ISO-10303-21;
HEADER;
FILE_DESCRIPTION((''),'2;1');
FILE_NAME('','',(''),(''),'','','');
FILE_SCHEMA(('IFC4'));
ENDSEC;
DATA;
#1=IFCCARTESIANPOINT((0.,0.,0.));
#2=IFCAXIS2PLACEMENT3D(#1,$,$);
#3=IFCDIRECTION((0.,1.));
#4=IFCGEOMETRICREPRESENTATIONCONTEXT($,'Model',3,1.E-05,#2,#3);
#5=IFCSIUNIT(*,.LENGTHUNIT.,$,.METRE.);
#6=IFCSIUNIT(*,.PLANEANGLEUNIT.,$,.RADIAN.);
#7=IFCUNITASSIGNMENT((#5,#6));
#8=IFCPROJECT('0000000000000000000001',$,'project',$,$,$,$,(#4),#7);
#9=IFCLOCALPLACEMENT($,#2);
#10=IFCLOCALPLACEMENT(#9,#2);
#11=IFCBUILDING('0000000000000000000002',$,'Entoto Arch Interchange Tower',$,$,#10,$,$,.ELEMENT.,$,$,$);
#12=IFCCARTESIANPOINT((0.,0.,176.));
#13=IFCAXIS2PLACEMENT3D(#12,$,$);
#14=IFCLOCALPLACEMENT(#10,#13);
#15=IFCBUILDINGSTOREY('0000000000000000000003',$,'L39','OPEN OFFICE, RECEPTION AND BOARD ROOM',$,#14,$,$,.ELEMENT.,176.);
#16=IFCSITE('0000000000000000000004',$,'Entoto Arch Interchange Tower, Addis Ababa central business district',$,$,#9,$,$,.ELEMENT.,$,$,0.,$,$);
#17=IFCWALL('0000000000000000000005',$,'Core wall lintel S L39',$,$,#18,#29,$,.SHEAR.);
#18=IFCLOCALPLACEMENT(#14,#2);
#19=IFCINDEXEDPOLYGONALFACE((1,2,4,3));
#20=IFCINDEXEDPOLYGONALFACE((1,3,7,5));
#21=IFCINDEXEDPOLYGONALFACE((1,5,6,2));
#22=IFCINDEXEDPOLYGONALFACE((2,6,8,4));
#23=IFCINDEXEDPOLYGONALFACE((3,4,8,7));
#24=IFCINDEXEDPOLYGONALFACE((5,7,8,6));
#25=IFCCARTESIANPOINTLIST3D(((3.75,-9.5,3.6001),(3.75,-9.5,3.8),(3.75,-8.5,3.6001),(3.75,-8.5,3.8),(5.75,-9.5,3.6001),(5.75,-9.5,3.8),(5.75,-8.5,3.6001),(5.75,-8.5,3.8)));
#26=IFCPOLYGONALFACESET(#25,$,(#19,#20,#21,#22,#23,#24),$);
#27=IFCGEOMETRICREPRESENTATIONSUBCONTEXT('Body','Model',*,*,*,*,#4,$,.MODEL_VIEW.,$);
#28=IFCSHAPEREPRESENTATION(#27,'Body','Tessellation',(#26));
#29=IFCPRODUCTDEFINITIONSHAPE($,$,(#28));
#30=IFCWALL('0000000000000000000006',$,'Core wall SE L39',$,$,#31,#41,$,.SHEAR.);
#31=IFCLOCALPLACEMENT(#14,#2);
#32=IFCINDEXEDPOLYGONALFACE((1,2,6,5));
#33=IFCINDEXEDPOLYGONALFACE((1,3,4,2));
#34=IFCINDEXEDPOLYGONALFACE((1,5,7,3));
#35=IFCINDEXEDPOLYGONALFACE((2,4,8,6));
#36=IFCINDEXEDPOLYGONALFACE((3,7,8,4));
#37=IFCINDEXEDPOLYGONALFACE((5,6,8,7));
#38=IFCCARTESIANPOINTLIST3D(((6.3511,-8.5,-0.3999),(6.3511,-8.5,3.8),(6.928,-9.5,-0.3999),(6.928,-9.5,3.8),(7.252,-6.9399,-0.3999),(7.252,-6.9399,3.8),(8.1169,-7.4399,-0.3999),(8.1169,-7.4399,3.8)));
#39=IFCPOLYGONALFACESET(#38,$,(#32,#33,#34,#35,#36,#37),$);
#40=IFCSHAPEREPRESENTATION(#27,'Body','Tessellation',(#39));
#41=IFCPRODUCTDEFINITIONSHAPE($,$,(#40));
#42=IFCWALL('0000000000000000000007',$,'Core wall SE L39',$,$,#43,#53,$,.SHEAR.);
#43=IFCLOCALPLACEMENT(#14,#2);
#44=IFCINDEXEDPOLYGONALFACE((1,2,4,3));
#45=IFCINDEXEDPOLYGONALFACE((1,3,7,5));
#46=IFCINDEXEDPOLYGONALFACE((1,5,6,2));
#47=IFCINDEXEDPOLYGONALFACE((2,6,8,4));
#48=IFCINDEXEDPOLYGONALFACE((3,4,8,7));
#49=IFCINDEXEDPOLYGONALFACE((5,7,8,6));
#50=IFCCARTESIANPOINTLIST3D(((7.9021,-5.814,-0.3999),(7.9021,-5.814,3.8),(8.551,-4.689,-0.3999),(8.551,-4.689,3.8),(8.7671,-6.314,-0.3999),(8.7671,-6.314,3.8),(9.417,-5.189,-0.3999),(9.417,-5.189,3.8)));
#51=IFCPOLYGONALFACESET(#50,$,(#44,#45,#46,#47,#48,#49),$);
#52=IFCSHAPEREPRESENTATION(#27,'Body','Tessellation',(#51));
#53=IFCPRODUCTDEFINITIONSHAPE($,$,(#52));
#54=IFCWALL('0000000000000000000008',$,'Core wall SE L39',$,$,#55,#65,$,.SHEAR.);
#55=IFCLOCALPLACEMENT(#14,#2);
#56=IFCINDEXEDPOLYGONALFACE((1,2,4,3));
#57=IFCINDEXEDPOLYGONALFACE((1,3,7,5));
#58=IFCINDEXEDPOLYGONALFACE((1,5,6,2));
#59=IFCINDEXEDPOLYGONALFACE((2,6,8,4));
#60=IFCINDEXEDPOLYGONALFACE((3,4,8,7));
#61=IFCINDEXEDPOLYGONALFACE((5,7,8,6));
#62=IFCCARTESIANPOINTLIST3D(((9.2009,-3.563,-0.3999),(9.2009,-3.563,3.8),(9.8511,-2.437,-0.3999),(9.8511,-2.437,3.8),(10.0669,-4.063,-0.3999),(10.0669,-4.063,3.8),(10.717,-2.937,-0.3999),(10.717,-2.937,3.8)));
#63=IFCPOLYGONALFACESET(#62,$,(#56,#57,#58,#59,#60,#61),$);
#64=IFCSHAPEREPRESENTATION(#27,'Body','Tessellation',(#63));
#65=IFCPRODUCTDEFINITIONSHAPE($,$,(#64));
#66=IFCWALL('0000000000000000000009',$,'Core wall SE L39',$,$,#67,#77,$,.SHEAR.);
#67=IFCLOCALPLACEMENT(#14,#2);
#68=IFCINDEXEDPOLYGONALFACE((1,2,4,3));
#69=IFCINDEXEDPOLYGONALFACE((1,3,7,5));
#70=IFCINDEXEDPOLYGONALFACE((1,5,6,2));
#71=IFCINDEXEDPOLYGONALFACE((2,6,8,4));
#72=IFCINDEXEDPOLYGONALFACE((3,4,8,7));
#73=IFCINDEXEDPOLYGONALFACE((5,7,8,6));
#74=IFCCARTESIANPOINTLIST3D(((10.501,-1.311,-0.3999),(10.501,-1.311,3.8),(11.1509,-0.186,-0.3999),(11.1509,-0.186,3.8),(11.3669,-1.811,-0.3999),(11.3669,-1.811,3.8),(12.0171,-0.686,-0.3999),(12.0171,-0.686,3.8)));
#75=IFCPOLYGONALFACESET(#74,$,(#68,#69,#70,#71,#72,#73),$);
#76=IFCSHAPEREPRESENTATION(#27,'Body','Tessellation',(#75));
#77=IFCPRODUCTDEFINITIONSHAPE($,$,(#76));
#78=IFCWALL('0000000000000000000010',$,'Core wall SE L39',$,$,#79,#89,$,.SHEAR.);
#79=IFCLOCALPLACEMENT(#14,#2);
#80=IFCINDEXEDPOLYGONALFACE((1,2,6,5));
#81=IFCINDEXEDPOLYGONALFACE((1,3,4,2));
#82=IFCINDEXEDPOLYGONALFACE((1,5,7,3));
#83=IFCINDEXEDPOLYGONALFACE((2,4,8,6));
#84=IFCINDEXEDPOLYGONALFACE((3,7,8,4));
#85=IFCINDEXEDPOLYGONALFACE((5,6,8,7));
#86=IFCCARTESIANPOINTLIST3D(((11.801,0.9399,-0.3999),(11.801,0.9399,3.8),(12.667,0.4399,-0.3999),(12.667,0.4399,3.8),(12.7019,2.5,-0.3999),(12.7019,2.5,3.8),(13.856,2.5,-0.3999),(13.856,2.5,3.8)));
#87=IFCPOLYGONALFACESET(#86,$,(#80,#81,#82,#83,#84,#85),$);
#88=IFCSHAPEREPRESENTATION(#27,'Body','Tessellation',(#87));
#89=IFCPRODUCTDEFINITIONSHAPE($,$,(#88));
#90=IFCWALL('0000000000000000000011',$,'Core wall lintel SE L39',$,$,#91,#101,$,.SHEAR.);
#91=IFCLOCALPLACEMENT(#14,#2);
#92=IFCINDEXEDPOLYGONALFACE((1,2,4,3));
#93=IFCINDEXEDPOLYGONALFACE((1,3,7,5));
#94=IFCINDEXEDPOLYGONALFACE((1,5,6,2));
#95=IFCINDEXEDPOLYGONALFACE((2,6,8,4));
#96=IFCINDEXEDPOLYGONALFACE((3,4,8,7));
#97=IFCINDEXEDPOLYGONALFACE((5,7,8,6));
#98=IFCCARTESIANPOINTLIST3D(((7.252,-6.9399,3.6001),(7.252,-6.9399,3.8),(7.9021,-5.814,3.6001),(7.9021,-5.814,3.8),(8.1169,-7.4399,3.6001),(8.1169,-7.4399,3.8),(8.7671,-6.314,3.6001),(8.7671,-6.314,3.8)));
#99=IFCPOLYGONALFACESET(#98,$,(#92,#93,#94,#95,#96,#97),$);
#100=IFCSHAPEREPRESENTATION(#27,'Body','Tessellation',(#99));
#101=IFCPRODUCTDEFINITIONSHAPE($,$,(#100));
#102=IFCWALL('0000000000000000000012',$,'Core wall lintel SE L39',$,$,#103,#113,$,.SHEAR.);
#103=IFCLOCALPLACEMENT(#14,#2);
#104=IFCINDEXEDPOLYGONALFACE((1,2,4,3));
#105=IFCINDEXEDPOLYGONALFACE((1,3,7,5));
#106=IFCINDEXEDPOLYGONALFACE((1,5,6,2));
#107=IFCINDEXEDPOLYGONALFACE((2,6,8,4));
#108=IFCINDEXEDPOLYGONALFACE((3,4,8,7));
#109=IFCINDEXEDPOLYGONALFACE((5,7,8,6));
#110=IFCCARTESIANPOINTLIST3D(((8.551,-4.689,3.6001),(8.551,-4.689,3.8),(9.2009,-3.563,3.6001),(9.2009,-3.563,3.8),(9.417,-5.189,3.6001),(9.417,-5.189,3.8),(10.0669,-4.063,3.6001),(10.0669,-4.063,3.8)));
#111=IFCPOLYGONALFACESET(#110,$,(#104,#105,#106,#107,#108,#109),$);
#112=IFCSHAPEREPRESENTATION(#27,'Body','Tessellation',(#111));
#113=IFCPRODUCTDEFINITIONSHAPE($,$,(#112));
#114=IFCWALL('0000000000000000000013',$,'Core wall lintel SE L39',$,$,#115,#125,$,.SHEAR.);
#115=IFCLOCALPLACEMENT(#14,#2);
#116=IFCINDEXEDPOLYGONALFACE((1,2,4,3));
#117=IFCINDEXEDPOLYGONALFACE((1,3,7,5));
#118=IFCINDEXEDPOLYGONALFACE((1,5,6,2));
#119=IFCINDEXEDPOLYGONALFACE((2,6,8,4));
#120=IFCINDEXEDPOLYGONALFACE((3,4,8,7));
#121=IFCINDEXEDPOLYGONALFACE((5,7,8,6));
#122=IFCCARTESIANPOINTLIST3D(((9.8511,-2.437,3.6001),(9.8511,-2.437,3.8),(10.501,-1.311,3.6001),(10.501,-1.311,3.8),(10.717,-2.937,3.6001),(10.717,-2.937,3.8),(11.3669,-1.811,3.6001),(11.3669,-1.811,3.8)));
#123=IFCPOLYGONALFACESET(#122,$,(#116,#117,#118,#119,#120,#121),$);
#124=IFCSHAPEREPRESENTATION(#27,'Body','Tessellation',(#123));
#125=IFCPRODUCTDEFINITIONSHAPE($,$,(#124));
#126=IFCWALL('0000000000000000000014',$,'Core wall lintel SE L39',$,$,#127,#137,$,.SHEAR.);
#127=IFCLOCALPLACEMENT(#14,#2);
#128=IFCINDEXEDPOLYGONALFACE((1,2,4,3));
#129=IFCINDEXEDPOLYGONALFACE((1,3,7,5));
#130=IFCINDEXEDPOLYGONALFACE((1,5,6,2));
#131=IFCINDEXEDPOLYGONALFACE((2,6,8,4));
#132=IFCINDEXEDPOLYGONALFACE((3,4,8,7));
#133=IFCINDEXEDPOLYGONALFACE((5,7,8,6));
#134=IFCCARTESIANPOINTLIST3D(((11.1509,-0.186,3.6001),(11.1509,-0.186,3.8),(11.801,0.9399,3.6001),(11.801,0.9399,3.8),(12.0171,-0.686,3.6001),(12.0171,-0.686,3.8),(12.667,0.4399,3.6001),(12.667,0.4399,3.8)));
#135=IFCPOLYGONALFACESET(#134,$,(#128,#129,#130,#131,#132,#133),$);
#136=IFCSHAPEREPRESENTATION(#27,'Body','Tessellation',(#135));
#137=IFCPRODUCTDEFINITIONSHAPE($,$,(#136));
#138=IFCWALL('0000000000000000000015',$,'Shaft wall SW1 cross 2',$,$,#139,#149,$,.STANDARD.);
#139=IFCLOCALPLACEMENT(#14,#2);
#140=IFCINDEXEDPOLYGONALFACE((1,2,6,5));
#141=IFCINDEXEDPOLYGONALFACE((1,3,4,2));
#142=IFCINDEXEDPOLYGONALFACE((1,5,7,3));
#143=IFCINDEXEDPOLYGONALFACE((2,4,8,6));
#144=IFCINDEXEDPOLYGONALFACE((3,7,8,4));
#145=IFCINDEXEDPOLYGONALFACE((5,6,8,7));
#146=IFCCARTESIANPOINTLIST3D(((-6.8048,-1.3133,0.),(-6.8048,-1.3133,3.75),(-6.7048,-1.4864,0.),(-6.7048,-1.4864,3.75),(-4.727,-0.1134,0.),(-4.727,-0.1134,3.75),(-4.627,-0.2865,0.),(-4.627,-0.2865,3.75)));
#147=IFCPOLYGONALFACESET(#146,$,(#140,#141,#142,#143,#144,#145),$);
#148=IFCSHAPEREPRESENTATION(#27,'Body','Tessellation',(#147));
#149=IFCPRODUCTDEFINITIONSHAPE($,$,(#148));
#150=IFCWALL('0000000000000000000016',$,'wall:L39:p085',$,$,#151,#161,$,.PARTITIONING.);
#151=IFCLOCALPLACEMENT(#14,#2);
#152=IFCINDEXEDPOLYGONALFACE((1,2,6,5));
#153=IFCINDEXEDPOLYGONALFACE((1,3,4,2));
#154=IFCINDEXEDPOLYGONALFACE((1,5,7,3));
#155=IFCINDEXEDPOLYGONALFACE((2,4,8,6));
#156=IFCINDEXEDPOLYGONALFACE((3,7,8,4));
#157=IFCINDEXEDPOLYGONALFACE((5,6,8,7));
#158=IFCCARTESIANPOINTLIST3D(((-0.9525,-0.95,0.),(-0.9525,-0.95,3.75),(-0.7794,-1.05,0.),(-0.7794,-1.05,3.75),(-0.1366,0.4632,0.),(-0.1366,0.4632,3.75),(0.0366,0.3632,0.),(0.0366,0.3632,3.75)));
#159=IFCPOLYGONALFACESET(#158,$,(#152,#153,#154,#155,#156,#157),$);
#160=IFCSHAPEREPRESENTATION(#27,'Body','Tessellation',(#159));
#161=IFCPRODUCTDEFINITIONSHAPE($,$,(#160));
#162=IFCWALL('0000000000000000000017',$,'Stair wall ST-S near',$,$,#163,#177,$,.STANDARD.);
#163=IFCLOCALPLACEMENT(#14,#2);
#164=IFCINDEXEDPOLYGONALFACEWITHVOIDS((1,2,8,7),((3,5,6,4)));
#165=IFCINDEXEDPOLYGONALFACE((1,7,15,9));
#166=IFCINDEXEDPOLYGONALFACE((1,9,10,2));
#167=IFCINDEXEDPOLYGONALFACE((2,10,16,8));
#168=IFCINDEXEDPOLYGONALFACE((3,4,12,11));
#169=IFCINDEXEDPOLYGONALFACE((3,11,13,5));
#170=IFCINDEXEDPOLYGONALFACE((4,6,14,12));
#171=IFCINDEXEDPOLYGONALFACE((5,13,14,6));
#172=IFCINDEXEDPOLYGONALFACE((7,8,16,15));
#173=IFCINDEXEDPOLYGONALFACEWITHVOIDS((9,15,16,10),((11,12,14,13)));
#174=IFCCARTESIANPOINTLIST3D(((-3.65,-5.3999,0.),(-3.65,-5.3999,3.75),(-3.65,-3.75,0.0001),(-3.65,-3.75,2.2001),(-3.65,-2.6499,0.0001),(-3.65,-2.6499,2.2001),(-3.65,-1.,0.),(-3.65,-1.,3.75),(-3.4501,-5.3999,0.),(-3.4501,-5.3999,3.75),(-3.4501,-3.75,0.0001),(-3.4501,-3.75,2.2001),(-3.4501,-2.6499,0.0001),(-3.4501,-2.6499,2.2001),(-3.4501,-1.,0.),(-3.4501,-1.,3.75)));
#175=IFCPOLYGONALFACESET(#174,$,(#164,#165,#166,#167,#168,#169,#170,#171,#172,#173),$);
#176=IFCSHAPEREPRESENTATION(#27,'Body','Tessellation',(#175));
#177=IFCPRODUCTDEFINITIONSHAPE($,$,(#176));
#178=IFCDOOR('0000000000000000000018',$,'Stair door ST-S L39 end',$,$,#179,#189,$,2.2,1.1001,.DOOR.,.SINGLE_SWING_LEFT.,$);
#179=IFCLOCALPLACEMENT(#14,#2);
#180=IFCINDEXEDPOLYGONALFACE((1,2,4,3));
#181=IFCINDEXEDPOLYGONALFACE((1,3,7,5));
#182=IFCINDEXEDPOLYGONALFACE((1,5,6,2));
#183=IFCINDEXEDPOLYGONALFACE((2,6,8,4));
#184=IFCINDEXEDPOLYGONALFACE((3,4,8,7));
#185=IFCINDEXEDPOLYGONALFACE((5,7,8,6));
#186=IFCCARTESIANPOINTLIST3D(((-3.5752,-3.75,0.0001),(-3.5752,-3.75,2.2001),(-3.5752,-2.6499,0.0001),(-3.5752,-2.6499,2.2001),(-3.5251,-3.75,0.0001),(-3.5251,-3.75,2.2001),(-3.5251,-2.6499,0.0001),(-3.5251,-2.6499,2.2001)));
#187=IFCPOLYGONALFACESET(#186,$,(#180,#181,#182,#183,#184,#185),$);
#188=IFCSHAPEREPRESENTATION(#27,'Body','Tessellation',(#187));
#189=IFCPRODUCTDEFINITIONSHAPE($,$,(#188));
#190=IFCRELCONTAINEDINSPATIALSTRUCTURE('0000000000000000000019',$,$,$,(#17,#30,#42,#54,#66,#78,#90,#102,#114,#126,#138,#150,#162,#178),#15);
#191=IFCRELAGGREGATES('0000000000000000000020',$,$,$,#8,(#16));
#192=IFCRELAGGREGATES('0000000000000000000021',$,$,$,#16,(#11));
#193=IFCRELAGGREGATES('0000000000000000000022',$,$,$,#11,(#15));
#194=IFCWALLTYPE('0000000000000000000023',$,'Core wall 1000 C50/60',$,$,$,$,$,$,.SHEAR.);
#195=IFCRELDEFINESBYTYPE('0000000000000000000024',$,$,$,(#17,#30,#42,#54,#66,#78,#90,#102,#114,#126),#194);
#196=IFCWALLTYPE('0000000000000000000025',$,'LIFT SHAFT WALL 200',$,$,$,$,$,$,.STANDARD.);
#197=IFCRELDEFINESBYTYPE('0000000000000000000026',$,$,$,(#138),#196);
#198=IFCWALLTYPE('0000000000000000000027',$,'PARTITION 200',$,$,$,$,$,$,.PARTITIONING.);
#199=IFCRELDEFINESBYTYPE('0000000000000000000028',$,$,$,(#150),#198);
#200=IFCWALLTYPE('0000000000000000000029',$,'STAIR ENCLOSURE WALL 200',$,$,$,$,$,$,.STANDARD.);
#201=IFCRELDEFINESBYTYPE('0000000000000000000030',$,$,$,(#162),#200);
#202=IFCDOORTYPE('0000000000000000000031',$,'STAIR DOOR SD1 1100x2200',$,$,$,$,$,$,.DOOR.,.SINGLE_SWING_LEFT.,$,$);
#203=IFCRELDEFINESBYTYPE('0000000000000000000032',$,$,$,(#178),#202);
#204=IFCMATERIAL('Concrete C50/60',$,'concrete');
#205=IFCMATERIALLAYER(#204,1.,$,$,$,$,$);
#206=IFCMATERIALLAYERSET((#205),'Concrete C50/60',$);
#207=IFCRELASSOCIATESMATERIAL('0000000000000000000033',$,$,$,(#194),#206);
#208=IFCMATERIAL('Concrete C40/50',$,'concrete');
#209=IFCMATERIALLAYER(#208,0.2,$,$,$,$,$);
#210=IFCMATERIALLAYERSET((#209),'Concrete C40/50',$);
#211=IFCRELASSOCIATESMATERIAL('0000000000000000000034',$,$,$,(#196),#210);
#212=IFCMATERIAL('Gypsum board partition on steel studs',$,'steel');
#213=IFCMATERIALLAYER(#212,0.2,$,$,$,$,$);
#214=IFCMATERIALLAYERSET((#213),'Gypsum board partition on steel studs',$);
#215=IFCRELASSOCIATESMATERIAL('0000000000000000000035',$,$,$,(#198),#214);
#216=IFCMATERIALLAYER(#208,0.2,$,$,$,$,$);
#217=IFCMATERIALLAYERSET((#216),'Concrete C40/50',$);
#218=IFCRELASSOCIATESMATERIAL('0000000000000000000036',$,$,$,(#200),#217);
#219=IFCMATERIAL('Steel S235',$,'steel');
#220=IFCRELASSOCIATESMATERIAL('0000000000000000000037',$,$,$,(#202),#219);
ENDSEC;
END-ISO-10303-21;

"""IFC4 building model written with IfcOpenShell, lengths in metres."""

from ifc_helpers import new_model, si_unit, direction, frame, frame_2d, origin, place, context, subcontext, project, spatial, polyline, rectangle, outline, extrude, material, layer, layer_set, type_object, element, fill, save


model = new_model("IFC4")

# Units and contexts
model_context = context("Model", 3, precision=1e-05, world=origin(), true_north=direction((0.0, 1.0)))
body_context = subcontext(model_context, "Body", "Model", "MODEL_VIEW")
ifc_project = project(units=[si_unit("LENGTHUNIT", "METRE"), si_unit("PLANEANGLEUNIT", "RADIAN")], contexts=[model_context])

# Site, building, storey
site_placement = place(None, origin())
site = spatial("IfcSite", under=ifc_project, at=site_placement, Name="Entoto Arch Interchange Tower, Addis Ababa central business district", CompositionType="ELEMENT", RefElevation=0.0)
building_placement = place(site_placement, origin())
building = spatial("IfcBuilding", under=site, at=building_placement, Name="Entoto Arch Interchange Tower", CompositionType="ELEMENT")
storey_placement = place(building_placement, frame((0.0, 0.0, 176.0)))
storey = spatial("IfcBuildingStorey", under=building, at=storey_placement, Name="L39", Description="OPEN OFFICE, RECEPTION AND BOARD ROOM", CompositionType="ELEMENT", Elevation=176.0)

# Shared definitions
ifc_material_1 = material(Name="Concrete C40/50", Category="concrete")

# Walls
ifc_material_2 = material(Name="Concrete C50/60", Category="concrete")
ifc_layer_1 = layer(ifc_material_2, 1.0)
ifc_layer_set_1 = layer_set([ifc_layer_1], Name="Concrete C50/60")
wall_type_1 = type_object("IfcWallType", Name="Core wall 1000 C50/60", PredefinedType="SHEAR", material=ifc_layer_set_1)
wall_1_placement = place(storey_placement, frame((0.0, 0.0, 3.6001)))
element("IfcWall", 1, at=wall_1_placement, inside=storey, type_object=wall_type_1, Name="Core wall lintel S L39", PredefinedType="SHEAR", context=body_context, shape_type="SweptSolid", body=[
    extrude(outline(polyline([(5.75, -9.5), (5.75, -8.5), (3.75, -8.5), (3.75, -9.5), (5.75, -9.5)])), origin(), (0.0, 0.0, 1.0), 0.2),
])
wall_2_placement = place(storey_placement, frame((0.0, 0.0, -0.3999)))
element("IfcWall", 2, at=wall_2_placement, inside=storey, type_object=wall_type_1, Name="Core wall SE L39", PredefinedType="SHEAR", context=body_context, shape_type="SweptSolid", body=[
    extrude(outline(polyline([(8.1169, -7.4399), (7.252, -6.9399), (6.3511, -8.5), (6.928, -9.5), (8.1169, -7.4399)])), origin(), (0.0, 0.0, 1.0), 4.2),
])
wall_3_placement = place(storey_placement, frame((0.0, 0.0, -0.3999)))
element("IfcWall", 3, at=wall_3_placement, inside=storey, type_object=wall_type_1, Name="Core wall SE L39", PredefinedType="SHEAR", context=body_context, shape_type="SweptSolid", body=[
    extrude(outline(polyline([(9.417, -5.189), (8.551, -4.689), (7.9021, -5.814), (8.7671, -6.314), (9.417, -5.189)])), origin(), (0.0, 0.0, 1.0), 4.2),
])
wall_4_placement = place(storey_placement, frame((0.0, 0.0, -0.3999)))
element("IfcWall", 4, at=wall_4_placement, inside=storey, type_object=wall_type_1, Name="Core wall SE L39", PredefinedType="SHEAR", context=body_context, shape_type="SweptSolid", body=[
    extrude(outline(polyline([(10.717, -2.937), (9.8511, -2.437), (9.2009, -3.563), (10.0669, -4.063), (10.717, -2.937)])), origin(), (0.0, 0.0, 1.0), 4.2),
])
wall_5_placement = place(storey_placement, frame((0.0, 0.0, -0.3999)))
element("IfcWall", 5, at=wall_5_placement, inside=storey, type_object=wall_type_1, Name="Core wall SE L39", PredefinedType="SHEAR", context=body_context, shape_type="SweptSolid", body=[
    extrude(outline(polyline([(12.0171, -0.686), (11.1509, -0.186), (10.501, -1.311), (11.3669, -1.811), (12.0171, -0.686)])), origin(), (0.0, 0.0, 1.0), 4.2),
])
wall_6_placement = place(storey_placement, frame((0.0, 0.0, -0.3999)))
element("IfcWall", 6, at=wall_6_placement, inside=storey, type_object=wall_type_1, Name="Core wall SE L39", PredefinedType="SHEAR", context=body_context, shape_type="SweptSolid", body=[
    extrude(outline(polyline([(11.801, 0.9399), (12.667, 0.4399), (13.856, 2.5), (12.7019, 2.5), (11.801, 0.9399)])), origin(), (0.0, 0.0, 1.0), 4.2),
])
wall_7_placement = place(storey_placement, frame((0.0, 0.0, 3.6001)))
element("IfcWall", 7, at=wall_7_placement, inside=storey, type_object=wall_type_1, Name="Core wall lintel SE L39", PredefinedType="SHEAR", context=body_context, shape_type="SweptSolid", body=[
    extrude(outline(polyline([(8.7671, -6.314), (7.9021, -5.814), (7.252, -6.9399), (8.1169, -7.4399), (8.7671, -6.314)])), origin(), (0.0, 0.0, 1.0), 0.2),
])
wall_8_placement = place(storey_placement, frame((0.0, 0.0, 3.6001)))
element("IfcWall", 8, at=wall_8_placement, inside=storey, type_object=wall_type_1, Name="Core wall lintel SE L39", PredefinedType="SHEAR", context=body_context, shape_type="SweptSolid", body=[
    extrude(outline(polyline([(10.0669, -4.063), (9.2009, -3.563), (8.551, -4.689), (9.417, -5.189), (10.0669, -4.063)])), origin(), (0.0, 0.0, 1.0), 0.2),
])
wall_9_placement = place(storey_placement, frame((0.0, 0.0, 3.6001)))
element("IfcWall", 9, at=wall_9_placement, inside=storey, type_object=wall_type_1, Name="Core wall lintel SE L39", PredefinedType="SHEAR", context=body_context, shape_type="SweptSolid", body=[
    extrude(outline(polyline([(11.3669, -1.811), (10.501, -1.311), (9.8511, -2.437), (10.717, -2.937), (11.3669, -1.811)])), origin(), (0.0, 0.0, 1.0), 0.2),
])
wall_10_placement = place(storey_placement, frame((0.0, 0.0, 3.6001)))
element("IfcWall", 10, at=wall_10_placement, inside=storey, type_object=wall_type_1, Name="Core wall lintel SE L39", PredefinedType="SHEAR", context=body_context, shape_type="SweptSolid", body=[
    extrude(outline(polyline([(12.667, 0.4399), (11.801, 0.9399), (11.1509, -0.186), (12.0171, -0.686), (12.667, 0.4399)])), origin(), (0.0, 0.0, 1.0), 0.2),
])
ifc_layer_2 = layer(ifc_material_1, 0.2)
ifc_layer_set_2 = layer_set([ifc_layer_2], Name="Concrete C40/50")
wall_type_2 = type_object("IfcWallType", Name="LIFT SHAFT WALL 200", PredefinedType="STANDARD", material=ifc_layer_set_2)
wall_11_placement = place(storey_placement, frame((-4.677, -0.2, 0.0), z_axis=(0.0, 0.0, 1.0), x_axis=(-0.865974, -0.500089, 0.0)))
element("IfcWall", 11, at=wall_11_placement, inside=storey, type_object=wall_type_2, Name="Shaft wall SW1 cross 2", PredefinedType="STANDARD", context=body_context, shape_type="SweptSolid", body=[
    extrude(rectangle(XDim=2.3994, YDim=0.2, at=frame_2d((1.1997, 0.0))), origin(), (0.0, 0.0, 1.0), 3.75),
])
ifc_material_3 = material(Name="Gypsum board partition on steel studs", Category="steel")
ifc_layer_3 = layer(ifc_material_3, 0.2)
ifc_layer_set_3 = layer_set([ifc_layer_3], Name="Gypsum board partition on steel studs")
wall_type_3 = type_object("IfcWallType", Name="PARTITION 200", PredefinedType="PARTITIONING", material=ifc_layer_set_3)
wall_12_placement = place(storey_placement, frame((-0.866, -1.0, 0.0), z_axis=(0.0, 0.0, 1.0), x_axis=(0.500033, 0.866006, 0.0)))
element("IfcWall", 12, at=wall_12_placement, inside=storey, type_object=wall_type_3, Name="wall:L39:p085", PredefinedType="PARTITIONING", context=body_context, shape_type="SweptSolid", body=[
    extrude(rectangle(XDim=1.6318, YDim=0.2, at=frame_2d((0.8159, 0.0))), origin(), (0.0, 0.0, 1.0), 3.75),
])

# Wall, opening, door
ifc_layer_4 = layer(ifc_material_1, 0.2)
ifc_layer_set_4 = layer_set([ifc_layer_4], Name="Concrete C40/50")
wall_type_4 = type_object("IfcWallType", Name="STAIR ENCLOSURE WALL 200", PredefinedType="STANDARD", material=ifc_layer_set_4)
wall_13_placement = place(storey_placement, frame((-3.55, -1.0, 0.0), z_axis=(0.0, 0.0, 1.0), x_axis=(0.0, -1.0, 0.0)))
wall_13 = element("IfcWall", 13, at=wall_13_placement, inside=storey, type_object=wall_type_4, Name="Stair wall ST-S near", PredefinedType="STANDARD", context=body_context, shape_type="SweptSolid", body=[
    extrude(rectangle(XDim=4.3999, YDim=0.2, at=frame_2d((2.2, 0.0))), origin(), (0.0, 0.0, 1.0), 3.75),
])
opening_placement = place(wall_13_placement, frame((1.6499, 0.0, 0.0)))
opening = element("IfcOpeningElement", 14, at=opening_placement, cuts=wall_13, PredefinedType="OPENING", context=body_context, shape_type="SweptSolid", body=[
    extrude(rectangle(XDim=1.1001, YDim=2.2, at=frame_2d((0.55, 1.1001))), frame((0.0, 0.1099, 0.0), z_axis=(0.0, -1.0, 0.0), x_axis=(1.0, 0.0, 0.0)), (0.0, 0.0, 1.0), 0.22),
])
ifc_material_4 = material(Name="Steel S235", Category="steel")
door_type = type_object("IfcDoorType", Name="STAIR DOOR SD1 1100x2200", OperationType="SINGLE_SWING_LEFT", PredefinedType="DOOR", material=ifc_material_4)
door_placement = place(opening_placement, origin())
door = element("IfcDoor", 15, at=door_placement, inside=storey, type_object=door_type, Name="Stair door ST-S L39 end", OperationType="SINGLE_SWING_LEFT", OverallHeight=2.2, OverallWidth=1.1001, PredefinedType="DOOR", context=body_context, shape_type="SweptSolid", body=[
    extrude(rectangle(XDim=1.1001, YDim=2.2, at=frame_2d((0.55, 1.1001))), frame((0.0, 0.0249, 0.0), z_axis=(0.0, -1.0, 0.0), x_axis=(1.0, 0.0, 0.0)), (0.0, 0.0, 1.0), 0.05),
])
fill(opening, door)

save(model, "model.ifc")
